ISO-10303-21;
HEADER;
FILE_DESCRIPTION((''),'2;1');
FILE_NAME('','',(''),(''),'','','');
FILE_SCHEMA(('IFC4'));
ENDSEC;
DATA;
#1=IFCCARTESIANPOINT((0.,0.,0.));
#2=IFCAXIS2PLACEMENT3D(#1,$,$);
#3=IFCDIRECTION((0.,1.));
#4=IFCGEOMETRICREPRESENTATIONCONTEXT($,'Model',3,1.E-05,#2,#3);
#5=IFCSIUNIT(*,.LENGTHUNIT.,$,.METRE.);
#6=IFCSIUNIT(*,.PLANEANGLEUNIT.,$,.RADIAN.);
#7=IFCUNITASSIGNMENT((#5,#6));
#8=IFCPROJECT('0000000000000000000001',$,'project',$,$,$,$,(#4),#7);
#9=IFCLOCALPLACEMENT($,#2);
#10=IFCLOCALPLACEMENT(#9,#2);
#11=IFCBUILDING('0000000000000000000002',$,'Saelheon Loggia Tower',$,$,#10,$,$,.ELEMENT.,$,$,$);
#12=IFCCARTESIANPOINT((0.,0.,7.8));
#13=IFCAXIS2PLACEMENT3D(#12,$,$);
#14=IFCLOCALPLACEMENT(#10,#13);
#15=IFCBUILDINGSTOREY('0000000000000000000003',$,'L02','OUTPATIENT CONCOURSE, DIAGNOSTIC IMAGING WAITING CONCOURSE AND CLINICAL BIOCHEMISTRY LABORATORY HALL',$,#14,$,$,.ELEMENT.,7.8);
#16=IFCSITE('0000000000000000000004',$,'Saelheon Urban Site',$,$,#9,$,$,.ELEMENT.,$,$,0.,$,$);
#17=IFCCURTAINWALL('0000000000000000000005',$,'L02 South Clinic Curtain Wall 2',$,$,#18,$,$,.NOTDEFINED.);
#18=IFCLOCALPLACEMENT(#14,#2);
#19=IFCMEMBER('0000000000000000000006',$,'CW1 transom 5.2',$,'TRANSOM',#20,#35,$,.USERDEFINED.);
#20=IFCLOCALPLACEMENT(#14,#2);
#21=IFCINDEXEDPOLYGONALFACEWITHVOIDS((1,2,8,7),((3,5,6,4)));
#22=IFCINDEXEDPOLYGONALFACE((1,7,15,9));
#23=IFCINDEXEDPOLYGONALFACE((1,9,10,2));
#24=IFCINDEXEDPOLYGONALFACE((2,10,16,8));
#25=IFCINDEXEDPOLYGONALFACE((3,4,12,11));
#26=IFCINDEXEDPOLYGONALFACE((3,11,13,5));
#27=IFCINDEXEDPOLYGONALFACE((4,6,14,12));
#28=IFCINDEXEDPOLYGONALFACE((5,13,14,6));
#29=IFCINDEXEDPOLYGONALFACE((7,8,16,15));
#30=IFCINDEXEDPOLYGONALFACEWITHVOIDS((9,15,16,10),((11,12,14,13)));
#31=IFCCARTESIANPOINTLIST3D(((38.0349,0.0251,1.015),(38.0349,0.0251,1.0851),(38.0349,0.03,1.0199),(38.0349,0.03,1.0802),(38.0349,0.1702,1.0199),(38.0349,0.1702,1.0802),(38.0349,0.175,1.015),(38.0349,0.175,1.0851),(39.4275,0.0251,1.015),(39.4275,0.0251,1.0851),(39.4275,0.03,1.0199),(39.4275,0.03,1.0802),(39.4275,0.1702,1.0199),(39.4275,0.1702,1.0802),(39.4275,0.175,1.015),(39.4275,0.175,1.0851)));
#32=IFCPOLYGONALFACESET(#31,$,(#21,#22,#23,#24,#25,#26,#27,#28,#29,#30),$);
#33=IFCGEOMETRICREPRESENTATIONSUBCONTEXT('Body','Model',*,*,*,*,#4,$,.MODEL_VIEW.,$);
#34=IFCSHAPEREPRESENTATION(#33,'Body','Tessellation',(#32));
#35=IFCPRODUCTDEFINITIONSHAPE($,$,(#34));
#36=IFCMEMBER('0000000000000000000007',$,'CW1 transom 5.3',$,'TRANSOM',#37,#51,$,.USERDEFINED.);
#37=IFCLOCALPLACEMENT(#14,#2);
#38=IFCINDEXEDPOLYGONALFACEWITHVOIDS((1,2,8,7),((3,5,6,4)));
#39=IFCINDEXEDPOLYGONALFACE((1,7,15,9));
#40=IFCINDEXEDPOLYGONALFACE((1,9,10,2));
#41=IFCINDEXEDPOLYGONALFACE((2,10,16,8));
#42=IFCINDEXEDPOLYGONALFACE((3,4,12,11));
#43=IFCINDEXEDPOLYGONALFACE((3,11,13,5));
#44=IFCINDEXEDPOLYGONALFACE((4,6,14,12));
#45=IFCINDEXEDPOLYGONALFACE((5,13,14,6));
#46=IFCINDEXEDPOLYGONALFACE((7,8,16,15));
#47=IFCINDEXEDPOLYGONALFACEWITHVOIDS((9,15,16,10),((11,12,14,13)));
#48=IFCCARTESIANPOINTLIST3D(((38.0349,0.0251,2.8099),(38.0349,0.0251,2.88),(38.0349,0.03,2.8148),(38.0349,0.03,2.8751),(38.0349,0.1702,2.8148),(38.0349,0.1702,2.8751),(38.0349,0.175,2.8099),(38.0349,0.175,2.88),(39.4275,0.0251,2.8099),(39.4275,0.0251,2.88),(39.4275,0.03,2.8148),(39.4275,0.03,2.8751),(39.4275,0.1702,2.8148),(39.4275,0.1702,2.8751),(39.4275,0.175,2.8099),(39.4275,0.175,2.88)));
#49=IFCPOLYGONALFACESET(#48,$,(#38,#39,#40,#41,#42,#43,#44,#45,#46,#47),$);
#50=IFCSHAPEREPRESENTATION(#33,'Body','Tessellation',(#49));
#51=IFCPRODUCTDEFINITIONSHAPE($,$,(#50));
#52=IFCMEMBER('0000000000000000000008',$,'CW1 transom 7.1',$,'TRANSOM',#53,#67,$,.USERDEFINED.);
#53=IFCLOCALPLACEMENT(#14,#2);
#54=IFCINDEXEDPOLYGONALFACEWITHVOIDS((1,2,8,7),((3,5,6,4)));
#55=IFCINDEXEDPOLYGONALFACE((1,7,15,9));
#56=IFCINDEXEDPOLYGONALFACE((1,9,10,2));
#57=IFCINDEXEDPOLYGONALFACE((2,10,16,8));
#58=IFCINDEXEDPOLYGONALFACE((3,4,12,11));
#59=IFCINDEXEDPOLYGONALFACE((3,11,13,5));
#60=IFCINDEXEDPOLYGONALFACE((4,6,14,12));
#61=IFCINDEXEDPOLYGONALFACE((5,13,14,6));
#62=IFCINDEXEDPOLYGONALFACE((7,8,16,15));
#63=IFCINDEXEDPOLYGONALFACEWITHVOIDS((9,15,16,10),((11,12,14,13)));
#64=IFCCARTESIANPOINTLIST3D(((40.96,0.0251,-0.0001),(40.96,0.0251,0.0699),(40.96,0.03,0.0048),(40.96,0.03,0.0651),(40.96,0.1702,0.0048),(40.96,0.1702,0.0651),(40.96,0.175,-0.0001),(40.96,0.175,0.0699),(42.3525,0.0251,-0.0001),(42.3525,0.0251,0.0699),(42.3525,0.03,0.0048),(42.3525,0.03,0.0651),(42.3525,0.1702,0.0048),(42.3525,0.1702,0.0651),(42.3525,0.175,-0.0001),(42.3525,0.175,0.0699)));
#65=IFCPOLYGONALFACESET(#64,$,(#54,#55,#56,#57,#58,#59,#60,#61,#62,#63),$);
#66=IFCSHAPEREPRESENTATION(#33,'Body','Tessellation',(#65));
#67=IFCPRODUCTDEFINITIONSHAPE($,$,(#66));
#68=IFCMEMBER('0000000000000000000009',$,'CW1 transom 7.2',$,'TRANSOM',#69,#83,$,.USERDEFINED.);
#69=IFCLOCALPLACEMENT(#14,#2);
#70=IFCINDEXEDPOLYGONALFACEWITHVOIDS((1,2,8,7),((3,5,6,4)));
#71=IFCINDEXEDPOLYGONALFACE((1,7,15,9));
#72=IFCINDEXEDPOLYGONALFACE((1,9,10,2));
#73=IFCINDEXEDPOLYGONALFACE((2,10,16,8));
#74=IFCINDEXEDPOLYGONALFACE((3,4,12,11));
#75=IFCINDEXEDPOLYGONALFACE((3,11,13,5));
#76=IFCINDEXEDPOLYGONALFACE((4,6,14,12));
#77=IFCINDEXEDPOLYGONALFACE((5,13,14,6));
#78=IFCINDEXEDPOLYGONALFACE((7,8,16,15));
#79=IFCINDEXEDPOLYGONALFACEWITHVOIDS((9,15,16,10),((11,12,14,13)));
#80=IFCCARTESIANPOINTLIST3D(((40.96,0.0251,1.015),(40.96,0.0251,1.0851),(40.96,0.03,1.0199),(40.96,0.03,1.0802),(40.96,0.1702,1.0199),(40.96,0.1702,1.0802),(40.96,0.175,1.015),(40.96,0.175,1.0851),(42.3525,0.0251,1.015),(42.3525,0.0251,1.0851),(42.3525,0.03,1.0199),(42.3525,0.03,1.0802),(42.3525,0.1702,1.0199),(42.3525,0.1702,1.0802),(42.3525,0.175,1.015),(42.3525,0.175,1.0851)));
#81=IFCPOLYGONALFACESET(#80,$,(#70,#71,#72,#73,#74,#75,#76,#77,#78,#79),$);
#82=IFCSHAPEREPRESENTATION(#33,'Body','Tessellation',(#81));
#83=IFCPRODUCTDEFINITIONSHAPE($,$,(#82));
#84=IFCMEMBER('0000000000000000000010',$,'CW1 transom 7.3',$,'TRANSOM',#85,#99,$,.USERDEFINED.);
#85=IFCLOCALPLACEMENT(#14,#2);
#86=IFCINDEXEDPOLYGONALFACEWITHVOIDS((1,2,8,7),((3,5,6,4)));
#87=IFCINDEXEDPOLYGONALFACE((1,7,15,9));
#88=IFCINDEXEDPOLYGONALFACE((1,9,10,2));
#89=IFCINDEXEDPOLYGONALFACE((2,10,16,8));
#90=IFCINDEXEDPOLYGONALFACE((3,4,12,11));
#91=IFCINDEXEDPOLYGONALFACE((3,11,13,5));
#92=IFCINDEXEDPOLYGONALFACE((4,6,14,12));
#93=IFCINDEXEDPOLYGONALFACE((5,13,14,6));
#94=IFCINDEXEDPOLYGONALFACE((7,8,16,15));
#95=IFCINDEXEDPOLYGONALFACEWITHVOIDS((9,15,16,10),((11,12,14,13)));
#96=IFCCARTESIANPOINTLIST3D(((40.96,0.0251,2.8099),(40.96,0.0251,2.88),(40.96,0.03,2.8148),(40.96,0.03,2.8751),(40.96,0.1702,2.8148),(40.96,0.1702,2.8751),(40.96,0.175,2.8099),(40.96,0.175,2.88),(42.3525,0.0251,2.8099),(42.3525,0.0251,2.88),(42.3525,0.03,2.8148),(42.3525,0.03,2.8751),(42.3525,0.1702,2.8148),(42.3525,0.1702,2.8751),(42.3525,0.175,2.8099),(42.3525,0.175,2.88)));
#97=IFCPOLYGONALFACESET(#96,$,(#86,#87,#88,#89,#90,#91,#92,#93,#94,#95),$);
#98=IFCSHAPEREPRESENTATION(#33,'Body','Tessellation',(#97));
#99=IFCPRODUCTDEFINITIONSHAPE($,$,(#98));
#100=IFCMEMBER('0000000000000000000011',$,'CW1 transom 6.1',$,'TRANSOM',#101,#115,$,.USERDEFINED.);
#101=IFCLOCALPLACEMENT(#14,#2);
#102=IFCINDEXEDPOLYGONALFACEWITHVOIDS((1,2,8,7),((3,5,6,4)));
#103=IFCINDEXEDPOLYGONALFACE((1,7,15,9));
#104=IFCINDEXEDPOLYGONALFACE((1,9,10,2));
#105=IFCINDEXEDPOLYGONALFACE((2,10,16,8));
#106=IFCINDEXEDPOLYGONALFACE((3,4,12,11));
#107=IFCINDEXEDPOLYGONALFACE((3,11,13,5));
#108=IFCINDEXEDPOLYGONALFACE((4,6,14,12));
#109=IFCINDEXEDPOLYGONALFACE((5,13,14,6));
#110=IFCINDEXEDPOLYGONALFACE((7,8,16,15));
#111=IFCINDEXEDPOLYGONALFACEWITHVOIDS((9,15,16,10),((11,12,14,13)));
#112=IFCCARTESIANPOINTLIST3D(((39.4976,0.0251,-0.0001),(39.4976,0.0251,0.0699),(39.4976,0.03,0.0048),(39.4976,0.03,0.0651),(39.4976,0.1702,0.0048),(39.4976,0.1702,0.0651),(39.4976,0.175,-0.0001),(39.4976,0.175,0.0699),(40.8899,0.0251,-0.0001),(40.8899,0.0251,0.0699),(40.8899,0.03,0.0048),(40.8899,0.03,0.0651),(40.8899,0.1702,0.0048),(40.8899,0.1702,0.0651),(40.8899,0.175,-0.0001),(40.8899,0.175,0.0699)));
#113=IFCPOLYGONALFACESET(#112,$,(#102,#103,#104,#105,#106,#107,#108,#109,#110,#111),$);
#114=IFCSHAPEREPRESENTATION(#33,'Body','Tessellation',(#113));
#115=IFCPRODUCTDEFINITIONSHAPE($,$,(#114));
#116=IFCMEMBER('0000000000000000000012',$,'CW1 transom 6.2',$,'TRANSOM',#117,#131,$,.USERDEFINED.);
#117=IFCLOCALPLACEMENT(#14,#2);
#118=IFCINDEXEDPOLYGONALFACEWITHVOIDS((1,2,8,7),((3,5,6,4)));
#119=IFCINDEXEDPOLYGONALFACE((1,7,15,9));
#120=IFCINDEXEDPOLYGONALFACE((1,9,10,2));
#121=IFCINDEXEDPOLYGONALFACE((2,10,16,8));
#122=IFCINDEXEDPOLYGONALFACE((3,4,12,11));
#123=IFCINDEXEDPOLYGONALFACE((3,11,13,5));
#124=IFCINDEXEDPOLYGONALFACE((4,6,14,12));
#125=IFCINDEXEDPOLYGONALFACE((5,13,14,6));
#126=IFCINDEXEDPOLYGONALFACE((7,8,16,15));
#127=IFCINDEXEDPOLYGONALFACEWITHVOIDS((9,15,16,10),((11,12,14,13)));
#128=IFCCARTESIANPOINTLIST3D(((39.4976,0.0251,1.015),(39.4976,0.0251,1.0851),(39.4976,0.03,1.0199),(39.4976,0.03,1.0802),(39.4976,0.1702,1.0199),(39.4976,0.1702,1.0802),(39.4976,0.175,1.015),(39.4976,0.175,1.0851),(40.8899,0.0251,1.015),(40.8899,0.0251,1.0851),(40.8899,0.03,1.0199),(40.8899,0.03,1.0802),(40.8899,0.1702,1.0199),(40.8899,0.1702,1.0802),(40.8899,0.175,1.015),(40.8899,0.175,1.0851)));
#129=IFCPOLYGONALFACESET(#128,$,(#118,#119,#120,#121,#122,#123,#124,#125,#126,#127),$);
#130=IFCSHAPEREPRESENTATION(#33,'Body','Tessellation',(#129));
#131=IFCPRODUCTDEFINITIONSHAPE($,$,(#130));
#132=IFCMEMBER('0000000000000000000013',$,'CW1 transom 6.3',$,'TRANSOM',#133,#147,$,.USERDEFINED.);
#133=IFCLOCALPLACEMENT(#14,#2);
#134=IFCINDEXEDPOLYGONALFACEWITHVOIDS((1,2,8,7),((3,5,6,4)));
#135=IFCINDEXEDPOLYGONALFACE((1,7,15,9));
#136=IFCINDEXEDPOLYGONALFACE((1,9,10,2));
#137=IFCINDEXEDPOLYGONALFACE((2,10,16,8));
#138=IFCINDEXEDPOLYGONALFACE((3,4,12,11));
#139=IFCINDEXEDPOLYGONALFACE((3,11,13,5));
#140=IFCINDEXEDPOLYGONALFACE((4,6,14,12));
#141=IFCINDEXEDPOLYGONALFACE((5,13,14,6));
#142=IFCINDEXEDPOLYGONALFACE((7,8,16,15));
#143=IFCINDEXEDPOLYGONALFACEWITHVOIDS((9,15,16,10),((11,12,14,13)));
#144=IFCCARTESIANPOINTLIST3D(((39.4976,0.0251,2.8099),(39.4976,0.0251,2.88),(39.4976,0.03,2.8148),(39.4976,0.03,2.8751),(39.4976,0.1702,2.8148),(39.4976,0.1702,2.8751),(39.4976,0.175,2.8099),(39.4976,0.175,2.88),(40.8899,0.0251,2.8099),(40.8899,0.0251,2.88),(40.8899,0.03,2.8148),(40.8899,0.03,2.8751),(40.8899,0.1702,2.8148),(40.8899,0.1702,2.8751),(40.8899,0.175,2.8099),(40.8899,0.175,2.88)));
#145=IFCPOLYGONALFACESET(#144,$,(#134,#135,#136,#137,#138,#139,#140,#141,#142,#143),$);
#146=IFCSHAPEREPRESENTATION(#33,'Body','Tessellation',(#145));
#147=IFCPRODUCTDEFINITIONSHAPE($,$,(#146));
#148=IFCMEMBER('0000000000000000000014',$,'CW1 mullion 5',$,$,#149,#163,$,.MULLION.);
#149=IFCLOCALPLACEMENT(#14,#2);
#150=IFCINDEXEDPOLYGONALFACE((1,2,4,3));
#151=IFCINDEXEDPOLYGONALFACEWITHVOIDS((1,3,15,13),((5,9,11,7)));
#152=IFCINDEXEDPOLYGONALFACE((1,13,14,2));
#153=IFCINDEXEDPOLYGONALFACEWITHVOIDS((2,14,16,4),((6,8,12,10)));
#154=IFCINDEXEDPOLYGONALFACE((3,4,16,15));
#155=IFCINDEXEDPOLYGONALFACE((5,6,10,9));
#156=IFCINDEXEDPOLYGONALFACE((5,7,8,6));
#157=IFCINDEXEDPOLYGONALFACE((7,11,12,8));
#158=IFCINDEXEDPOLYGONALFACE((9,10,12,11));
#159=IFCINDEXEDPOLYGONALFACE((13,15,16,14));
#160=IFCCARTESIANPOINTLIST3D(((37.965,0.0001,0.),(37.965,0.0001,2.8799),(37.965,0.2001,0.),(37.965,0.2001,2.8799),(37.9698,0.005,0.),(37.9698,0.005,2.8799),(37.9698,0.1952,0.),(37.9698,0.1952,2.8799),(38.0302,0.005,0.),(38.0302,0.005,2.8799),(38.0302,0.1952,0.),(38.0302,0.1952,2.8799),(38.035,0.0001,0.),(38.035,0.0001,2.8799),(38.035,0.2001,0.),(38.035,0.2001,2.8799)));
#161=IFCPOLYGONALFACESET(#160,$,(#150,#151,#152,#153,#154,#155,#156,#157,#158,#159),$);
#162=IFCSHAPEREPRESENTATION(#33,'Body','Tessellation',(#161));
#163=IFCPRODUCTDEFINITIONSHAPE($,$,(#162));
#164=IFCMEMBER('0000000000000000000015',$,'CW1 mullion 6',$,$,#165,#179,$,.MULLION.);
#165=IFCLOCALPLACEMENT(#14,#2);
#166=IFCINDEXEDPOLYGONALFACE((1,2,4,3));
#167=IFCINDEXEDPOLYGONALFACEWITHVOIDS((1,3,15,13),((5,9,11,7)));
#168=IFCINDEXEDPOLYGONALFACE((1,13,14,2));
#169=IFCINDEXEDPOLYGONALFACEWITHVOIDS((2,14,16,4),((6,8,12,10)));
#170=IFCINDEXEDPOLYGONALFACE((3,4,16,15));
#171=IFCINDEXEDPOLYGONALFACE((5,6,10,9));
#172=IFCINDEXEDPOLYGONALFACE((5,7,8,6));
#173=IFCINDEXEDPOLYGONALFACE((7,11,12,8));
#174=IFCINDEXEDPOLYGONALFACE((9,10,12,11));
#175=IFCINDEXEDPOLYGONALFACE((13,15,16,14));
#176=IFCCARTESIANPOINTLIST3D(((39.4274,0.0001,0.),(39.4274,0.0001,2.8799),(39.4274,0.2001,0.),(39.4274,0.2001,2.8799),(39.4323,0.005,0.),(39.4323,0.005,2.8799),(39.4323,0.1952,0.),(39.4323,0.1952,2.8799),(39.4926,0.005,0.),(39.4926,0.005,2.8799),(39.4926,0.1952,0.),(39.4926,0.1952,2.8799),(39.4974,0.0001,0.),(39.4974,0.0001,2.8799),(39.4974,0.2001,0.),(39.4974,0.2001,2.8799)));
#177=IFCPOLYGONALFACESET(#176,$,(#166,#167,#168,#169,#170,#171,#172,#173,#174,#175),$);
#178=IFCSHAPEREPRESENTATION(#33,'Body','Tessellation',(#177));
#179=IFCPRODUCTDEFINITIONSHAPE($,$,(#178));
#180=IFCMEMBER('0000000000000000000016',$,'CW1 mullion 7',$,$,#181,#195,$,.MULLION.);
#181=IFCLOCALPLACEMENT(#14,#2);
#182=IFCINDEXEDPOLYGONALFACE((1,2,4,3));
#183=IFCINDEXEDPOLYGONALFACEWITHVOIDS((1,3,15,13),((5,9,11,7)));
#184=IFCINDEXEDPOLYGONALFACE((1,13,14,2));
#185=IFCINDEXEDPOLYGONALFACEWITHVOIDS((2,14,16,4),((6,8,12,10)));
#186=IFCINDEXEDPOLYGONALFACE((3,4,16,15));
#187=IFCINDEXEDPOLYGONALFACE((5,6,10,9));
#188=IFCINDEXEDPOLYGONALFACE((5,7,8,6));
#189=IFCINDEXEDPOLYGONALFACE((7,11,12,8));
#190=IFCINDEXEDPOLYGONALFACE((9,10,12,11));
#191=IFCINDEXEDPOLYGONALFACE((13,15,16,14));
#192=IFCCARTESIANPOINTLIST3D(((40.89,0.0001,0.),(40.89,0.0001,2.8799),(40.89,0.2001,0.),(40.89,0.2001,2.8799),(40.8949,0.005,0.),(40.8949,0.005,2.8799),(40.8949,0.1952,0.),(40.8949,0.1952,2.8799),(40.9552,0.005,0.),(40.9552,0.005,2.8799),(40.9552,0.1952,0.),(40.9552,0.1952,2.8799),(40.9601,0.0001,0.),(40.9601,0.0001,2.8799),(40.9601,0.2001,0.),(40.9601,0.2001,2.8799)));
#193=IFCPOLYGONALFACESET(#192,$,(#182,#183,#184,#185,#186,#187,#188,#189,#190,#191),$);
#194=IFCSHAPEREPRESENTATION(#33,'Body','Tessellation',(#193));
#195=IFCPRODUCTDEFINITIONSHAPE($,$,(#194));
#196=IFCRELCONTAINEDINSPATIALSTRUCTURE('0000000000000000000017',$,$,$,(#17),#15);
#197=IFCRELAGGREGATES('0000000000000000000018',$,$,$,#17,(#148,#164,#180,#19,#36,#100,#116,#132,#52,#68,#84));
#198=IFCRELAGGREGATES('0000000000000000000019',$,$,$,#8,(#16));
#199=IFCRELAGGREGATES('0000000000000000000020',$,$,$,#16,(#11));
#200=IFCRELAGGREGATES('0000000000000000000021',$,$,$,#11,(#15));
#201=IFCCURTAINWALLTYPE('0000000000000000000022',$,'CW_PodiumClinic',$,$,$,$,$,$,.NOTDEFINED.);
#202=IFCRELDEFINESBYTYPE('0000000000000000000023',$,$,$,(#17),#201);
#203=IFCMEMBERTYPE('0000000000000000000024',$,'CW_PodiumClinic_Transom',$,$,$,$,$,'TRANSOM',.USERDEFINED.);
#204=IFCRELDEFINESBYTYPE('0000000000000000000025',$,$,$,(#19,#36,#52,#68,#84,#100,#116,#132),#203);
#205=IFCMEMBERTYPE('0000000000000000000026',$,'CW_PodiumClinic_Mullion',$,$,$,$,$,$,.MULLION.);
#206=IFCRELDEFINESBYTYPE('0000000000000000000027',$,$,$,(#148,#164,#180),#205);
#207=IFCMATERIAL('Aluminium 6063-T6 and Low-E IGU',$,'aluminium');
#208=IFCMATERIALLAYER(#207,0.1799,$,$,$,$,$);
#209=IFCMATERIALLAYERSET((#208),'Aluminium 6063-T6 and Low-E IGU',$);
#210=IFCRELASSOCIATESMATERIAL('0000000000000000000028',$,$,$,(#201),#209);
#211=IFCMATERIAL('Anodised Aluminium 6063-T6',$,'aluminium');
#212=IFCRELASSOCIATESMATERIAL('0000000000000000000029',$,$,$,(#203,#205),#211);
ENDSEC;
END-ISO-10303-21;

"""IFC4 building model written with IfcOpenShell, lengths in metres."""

from ifc_helpers import new_model, si_unit, direction, frame, origin, origin_2d, place, context, subcontext, project, spatial, hollow_rectangle, extrude, source, transform, mapped, material, layer, layer_set, material_profile, profile_set, type_object, element, aggregate, save


model = new_model("IFC4")

# Units and contexts
model_context = context("Model", 3, precision=1e-05, world=origin(), true_north=direction((0.0, 1.0)))
body_context = subcontext(model_context, "Body", "Model", "MODEL_VIEW")
ifc_project = project(units=[si_unit("LENGTHUNIT", "METRE"), si_unit("PLANEANGLEUNIT", "RADIAN")], contexts=[model_context])

# Site, building, storey
site_placement = place(None, origin())
site = spatial("IfcSite", under=ifc_project, at=site_placement, Name="Saelheon Urban Site", CompositionType="ELEMENT", RefElevation=0.0)
building_placement = place(site_placement, origin())
building = spatial("IfcBuilding", under=site, at=building_placement, Name="Saelheon Loggia Tower", CompositionType="ELEMENT")
storey_placement = place(building_placement, frame((0.0, 0.0, 7.8)))
storey = spatial("IfcBuildingStorey", under=building, at=storey_placement, Name="L02", Description="OUTPATIENT CONCOURSE, DIAGNOSTIC IMAGING WAITING CONCOURSE AND CLINICAL BIOCHEMISTRY LABORATORY HALL", CompositionType="ELEMENT", Elevation=7.8)

# Curtain wall, members
ifc_material_1 = material(Name="Aluminium 6063-T6 and Low-E IGU", Category="aluminium")
ifc_layer_1 = layer(ifc_material_1, 0.1799)
ifc_layer_set_1 = layer_set([ifc_layer_1], Name="Aluminium 6063-T6 and Low-E IGU")
curtain_wall_type = type_object("IfcCurtainWallType", Name="CW_PodiumClinic", PredefinedType="NOTDEFINED", material=ifc_layer_set_1)
ifc_material_2 = material(Name="Anodised Aluminium 6063-T6", Category="aluminium")
ifc_material_profile_1 = material_profile(ifc_material_2, hollow_rectangle(XDim=0.0701, YDim=0.1499, WallThickness=0.0049, at=origin_2d()), Name="RHS-150x70x5")
ifc_profile_set_1 = profile_set([ifc_material_profile_1], Name="Anodised Aluminium 6063-T6")
member_type_1 = type_object("IfcMemberType", Name="CW_PodiumClinic_Transom", ElementType="TRANSOM", PredefinedType="USERDEFINED", material=ifc_profile_set_1)
curtain_wall_1_placement = place(storey_placement, origin())
curtain_wall_1 = element("IfcCurtainWall", 1, at=curtain_wall_1_placement, inside=storey, type_object=curtain_wall_type, Name="L02 South Clinic Curtain Wall 2", PredefinedType="NOTDEFINED")
shared_shape_1 = source(origin(), body_context, "Body", "SweptSolid", [
    extrude(hollow_rectangle(XDim=0.0701, YDim=0.1499, WallThickness=0.0049, at=origin_2d()), origin(), (0.0, 0.0, 1.0), 1.3926),
])
member_1_placement = place(storey_placement, frame((38.0349, 0.1001, 1.05), z_axis=(1.0, 0.0, 0.0), x_axis=(0.0, 0.0, 1.0)))
member_1 = element("IfcMember", 2, at=member_1_placement, type_object=member_type_1, Name="CW1 transom 5.2", ObjectType="TRANSOM", PredefinedType="USERDEFINED", context=body_context, shape_type="MappedRepresentation", body=[
    mapped(shared_shape_1, transform((0.0, 0.0, 0.0), scale=1.0)),
])
member_2_placement = place(storey_placement, frame((38.0349, 0.1001, 2.845), z_axis=(1.0, 0.0, 0.0), x_axis=(0.0, 0.0, 1.0)))
member_2 = element("IfcMember", 3, at=member_2_placement, type_object=member_type_1, Name="CW1 transom 5.3", ObjectType="TRANSOM", PredefinedType="USERDEFINED", context=body_context, shape_type="MappedRepresentation", body=[
    mapped(shared_shape_1, transform((0.0, 0.0, 0.0), scale=1.0)),
])
member_3_placement = place(storey_placement, frame((40.96, 0.1001, 0.0349), z_axis=(1.0, 0.0, 0.0), x_axis=(0.0, 0.0, 1.0)))
member_3 = element("IfcMember", 4, at=member_3_placement, type_object=member_type_1, Name="CW1 transom 7.1", ObjectType="TRANSOM", PredefinedType="USERDEFINED", context=body_context, shape_type="MappedRepresentation", body=[
    mapped(shared_shape_1, transform((0.0, 0.0, 0.0), scale=1.0)),
])
member_4_placement = place(storey_placement, frame((40.96, 0.1001, 1.05), z_axis=(1.0, 0.0, 0.0), x_axis=(0.0, 0.0, 1.0)))
member_4 = element("IfcMember", 5, at=member_4_placement, type_object=member_type_1, Name="CW1 transom 7.2", ObjectType="TRANSOM", PredefinedType="USERDEFINED", context=body_context, shape_type="MappedRepresentation", body=[
    mapped(shared_shape_1, transform((0.0, 0.0, 0.0), scale=1.0)),
])
member_5_placement = place(storey_placement, frame((40.96, 0.1001, 2.845), z_axis=(1.0, 0.0, 0.0), x_axis=(0.0, 0.0, 1.0)))
member_5 = element("IfcMember", 6, at=member_5_placement, type_object=member_type_1, Name="CW1 transom 7.3", ObjectType="TRANSOM", PredefinedType="USERDEFINED", context=body_context, shape_type="MappedRepresentation", body=[
    mapped(shared_shape_1, transform((0.0, 0.0, 0.0), scale=1.0)),
])
shared_shape_2 = source(origin(), body_context, "Body", "SweptSolid", [
    extrude(hollow_rectangle(XDim=0.0701, YDim=0.1499, WallThickness=0.0049, at=origin_2d()), origin(), (0.0, 0.0, 1.0), 1.3923),
])
member_6_placement = place(storey_placement, frame((39.4976, 0.1001, 0.0349), z_axis=(1.0, 0.0, 0.0), x_axis=(0.0, 0.0, 1.0)))
member_6 = element("IfcMember", 7, at=member_6_placement, type_object=member_type_1, Name="CW1 transom 6.1", ObjectType="TRANSOM", PredefinedType="USERDEFINED", context=body_context, shape_type="MappedRepresentation", body=[
    mapped(shared_shape_2, transform((0.0, 0.0, 0.0), scale=1.0)),
])
member_7_placement = place(storey_placement, frame((39.4976, 0.1001, 1.05), z_axis=(1.0, 0.0, 0.0), x_axis=(0.0, 0.0, 1.0)))
member_7 = element("IfcMember", 8, at=member_7_placement, type_object=member_type_1, Name="CW1 transom 6.2", ObjectType="TRANSOM", PredefinedType="USERDEFINED", context=body_context, shape_type="MappedRepresentation", body=[
    mapped(shared_shape_2, transform((0.0, 0.0, 0.0), scale=1.0)),
])
member_8_placement = place(storey_placement, frame((39.4976, 0.1001, 2.845), z_axis=(1.0, 0.0, 0.0), x_axis=(0.0, 0.0, 1.0)))
member_8 = element("IfcMember", 9, at=member_8_placement, type_object=member_type_1, Name="CW1 transom 6.3", ObjectType="TRANSOM", PredefinedType="USERDEFINED", context=body_context, shape_type="MappedRepresentation", body=[
    mapped(shared_shape_2, transform((0.0, 0.0, 0.0), scale=1.0)),
])
ifc_material_profile_2 = material_profile(ifc_material_2, hollow_rectangle(XDim=0.0701, YDim=0.2, WallThickness=0.0049, at=origin_2d()), Name="RHS-200x70x5")
ifc_profile_set_2 = profile_set([ifc_material_profile_2], Name="Anodised Aluminium 6063-T6")
member_type_2 = type_object("IfcMemberType", Name="CW_PodiumClinic_Mullion", PredefinedType="MULLION", material=ifc_profile_set_2)
shared_shape_3 = source(origin(), body_context, "Body", "SweptSolid", [
    extrude(hollow_rectangle(XDim=0.0701, YDim=0.2, WallThickness=0.0049, at=origin_2d()), origin(), (0.0, 0.0, 1.0), 2.8799),
])
member_9_placement = place(storey_placement, frame((38.0, 0.1001, 0.0), z_axis=(0.0, 0.0, 1.0), x_axis=(1.0, 0.0, 0.0)))
member_9 = element("IfcMember", 10, at=member_9_placement, type_object=member_type_2, Name="CW1 mullion 5", PredefinedType="MULLION", context=body_context, shape_type="MappedRepresentation", body=[
    mapped(shared_shape_3, transform((0.0, 0.0, 0.0), scale=1.0)),
])
member_10_placement = place(storey_placement, frame((39.4624, 0.1001, 0.0), z_axis=(0.0, 0.0, 1.0), x_axis=(1.0, 0.0, 0.0)))
member_10 = element("IfcMember", 11, at=member_10_placement, type_object=member_type_2, Name="CW1 mullion 6", PredefinedType="MULLION", context=body_context, shape_type="MappedRepresentation", body=[
    mapped(shared_shape_3, transform((0.0, 0.0, 0.0), scale=1.0)),
])
member_11_placement = place(storey_placement, frame((40.925, 0.1001, 0.0), z_axis=(0.0, 0.0, 1.0), x_axis=(1.0, 0.0, 0.0)))
member_11 = element("IfcMember", 12, at=member_11_placement, type_object=member_type_2, Name="CW1 mullion 7", PredefinedType="MULLION", context=body_context, shape_type="MappedRepresentation", body=[
    mapped(shared_shape_3, transform((0.0, 0.0, 0.0), scale=1.0)),
])

aggregate(curtain_wall_1, [member_9, member_10, member_11, member_1, member_2, member_6, member_7, member_8, member_3, member_4, member_5])

save(model, "model.ifc")
